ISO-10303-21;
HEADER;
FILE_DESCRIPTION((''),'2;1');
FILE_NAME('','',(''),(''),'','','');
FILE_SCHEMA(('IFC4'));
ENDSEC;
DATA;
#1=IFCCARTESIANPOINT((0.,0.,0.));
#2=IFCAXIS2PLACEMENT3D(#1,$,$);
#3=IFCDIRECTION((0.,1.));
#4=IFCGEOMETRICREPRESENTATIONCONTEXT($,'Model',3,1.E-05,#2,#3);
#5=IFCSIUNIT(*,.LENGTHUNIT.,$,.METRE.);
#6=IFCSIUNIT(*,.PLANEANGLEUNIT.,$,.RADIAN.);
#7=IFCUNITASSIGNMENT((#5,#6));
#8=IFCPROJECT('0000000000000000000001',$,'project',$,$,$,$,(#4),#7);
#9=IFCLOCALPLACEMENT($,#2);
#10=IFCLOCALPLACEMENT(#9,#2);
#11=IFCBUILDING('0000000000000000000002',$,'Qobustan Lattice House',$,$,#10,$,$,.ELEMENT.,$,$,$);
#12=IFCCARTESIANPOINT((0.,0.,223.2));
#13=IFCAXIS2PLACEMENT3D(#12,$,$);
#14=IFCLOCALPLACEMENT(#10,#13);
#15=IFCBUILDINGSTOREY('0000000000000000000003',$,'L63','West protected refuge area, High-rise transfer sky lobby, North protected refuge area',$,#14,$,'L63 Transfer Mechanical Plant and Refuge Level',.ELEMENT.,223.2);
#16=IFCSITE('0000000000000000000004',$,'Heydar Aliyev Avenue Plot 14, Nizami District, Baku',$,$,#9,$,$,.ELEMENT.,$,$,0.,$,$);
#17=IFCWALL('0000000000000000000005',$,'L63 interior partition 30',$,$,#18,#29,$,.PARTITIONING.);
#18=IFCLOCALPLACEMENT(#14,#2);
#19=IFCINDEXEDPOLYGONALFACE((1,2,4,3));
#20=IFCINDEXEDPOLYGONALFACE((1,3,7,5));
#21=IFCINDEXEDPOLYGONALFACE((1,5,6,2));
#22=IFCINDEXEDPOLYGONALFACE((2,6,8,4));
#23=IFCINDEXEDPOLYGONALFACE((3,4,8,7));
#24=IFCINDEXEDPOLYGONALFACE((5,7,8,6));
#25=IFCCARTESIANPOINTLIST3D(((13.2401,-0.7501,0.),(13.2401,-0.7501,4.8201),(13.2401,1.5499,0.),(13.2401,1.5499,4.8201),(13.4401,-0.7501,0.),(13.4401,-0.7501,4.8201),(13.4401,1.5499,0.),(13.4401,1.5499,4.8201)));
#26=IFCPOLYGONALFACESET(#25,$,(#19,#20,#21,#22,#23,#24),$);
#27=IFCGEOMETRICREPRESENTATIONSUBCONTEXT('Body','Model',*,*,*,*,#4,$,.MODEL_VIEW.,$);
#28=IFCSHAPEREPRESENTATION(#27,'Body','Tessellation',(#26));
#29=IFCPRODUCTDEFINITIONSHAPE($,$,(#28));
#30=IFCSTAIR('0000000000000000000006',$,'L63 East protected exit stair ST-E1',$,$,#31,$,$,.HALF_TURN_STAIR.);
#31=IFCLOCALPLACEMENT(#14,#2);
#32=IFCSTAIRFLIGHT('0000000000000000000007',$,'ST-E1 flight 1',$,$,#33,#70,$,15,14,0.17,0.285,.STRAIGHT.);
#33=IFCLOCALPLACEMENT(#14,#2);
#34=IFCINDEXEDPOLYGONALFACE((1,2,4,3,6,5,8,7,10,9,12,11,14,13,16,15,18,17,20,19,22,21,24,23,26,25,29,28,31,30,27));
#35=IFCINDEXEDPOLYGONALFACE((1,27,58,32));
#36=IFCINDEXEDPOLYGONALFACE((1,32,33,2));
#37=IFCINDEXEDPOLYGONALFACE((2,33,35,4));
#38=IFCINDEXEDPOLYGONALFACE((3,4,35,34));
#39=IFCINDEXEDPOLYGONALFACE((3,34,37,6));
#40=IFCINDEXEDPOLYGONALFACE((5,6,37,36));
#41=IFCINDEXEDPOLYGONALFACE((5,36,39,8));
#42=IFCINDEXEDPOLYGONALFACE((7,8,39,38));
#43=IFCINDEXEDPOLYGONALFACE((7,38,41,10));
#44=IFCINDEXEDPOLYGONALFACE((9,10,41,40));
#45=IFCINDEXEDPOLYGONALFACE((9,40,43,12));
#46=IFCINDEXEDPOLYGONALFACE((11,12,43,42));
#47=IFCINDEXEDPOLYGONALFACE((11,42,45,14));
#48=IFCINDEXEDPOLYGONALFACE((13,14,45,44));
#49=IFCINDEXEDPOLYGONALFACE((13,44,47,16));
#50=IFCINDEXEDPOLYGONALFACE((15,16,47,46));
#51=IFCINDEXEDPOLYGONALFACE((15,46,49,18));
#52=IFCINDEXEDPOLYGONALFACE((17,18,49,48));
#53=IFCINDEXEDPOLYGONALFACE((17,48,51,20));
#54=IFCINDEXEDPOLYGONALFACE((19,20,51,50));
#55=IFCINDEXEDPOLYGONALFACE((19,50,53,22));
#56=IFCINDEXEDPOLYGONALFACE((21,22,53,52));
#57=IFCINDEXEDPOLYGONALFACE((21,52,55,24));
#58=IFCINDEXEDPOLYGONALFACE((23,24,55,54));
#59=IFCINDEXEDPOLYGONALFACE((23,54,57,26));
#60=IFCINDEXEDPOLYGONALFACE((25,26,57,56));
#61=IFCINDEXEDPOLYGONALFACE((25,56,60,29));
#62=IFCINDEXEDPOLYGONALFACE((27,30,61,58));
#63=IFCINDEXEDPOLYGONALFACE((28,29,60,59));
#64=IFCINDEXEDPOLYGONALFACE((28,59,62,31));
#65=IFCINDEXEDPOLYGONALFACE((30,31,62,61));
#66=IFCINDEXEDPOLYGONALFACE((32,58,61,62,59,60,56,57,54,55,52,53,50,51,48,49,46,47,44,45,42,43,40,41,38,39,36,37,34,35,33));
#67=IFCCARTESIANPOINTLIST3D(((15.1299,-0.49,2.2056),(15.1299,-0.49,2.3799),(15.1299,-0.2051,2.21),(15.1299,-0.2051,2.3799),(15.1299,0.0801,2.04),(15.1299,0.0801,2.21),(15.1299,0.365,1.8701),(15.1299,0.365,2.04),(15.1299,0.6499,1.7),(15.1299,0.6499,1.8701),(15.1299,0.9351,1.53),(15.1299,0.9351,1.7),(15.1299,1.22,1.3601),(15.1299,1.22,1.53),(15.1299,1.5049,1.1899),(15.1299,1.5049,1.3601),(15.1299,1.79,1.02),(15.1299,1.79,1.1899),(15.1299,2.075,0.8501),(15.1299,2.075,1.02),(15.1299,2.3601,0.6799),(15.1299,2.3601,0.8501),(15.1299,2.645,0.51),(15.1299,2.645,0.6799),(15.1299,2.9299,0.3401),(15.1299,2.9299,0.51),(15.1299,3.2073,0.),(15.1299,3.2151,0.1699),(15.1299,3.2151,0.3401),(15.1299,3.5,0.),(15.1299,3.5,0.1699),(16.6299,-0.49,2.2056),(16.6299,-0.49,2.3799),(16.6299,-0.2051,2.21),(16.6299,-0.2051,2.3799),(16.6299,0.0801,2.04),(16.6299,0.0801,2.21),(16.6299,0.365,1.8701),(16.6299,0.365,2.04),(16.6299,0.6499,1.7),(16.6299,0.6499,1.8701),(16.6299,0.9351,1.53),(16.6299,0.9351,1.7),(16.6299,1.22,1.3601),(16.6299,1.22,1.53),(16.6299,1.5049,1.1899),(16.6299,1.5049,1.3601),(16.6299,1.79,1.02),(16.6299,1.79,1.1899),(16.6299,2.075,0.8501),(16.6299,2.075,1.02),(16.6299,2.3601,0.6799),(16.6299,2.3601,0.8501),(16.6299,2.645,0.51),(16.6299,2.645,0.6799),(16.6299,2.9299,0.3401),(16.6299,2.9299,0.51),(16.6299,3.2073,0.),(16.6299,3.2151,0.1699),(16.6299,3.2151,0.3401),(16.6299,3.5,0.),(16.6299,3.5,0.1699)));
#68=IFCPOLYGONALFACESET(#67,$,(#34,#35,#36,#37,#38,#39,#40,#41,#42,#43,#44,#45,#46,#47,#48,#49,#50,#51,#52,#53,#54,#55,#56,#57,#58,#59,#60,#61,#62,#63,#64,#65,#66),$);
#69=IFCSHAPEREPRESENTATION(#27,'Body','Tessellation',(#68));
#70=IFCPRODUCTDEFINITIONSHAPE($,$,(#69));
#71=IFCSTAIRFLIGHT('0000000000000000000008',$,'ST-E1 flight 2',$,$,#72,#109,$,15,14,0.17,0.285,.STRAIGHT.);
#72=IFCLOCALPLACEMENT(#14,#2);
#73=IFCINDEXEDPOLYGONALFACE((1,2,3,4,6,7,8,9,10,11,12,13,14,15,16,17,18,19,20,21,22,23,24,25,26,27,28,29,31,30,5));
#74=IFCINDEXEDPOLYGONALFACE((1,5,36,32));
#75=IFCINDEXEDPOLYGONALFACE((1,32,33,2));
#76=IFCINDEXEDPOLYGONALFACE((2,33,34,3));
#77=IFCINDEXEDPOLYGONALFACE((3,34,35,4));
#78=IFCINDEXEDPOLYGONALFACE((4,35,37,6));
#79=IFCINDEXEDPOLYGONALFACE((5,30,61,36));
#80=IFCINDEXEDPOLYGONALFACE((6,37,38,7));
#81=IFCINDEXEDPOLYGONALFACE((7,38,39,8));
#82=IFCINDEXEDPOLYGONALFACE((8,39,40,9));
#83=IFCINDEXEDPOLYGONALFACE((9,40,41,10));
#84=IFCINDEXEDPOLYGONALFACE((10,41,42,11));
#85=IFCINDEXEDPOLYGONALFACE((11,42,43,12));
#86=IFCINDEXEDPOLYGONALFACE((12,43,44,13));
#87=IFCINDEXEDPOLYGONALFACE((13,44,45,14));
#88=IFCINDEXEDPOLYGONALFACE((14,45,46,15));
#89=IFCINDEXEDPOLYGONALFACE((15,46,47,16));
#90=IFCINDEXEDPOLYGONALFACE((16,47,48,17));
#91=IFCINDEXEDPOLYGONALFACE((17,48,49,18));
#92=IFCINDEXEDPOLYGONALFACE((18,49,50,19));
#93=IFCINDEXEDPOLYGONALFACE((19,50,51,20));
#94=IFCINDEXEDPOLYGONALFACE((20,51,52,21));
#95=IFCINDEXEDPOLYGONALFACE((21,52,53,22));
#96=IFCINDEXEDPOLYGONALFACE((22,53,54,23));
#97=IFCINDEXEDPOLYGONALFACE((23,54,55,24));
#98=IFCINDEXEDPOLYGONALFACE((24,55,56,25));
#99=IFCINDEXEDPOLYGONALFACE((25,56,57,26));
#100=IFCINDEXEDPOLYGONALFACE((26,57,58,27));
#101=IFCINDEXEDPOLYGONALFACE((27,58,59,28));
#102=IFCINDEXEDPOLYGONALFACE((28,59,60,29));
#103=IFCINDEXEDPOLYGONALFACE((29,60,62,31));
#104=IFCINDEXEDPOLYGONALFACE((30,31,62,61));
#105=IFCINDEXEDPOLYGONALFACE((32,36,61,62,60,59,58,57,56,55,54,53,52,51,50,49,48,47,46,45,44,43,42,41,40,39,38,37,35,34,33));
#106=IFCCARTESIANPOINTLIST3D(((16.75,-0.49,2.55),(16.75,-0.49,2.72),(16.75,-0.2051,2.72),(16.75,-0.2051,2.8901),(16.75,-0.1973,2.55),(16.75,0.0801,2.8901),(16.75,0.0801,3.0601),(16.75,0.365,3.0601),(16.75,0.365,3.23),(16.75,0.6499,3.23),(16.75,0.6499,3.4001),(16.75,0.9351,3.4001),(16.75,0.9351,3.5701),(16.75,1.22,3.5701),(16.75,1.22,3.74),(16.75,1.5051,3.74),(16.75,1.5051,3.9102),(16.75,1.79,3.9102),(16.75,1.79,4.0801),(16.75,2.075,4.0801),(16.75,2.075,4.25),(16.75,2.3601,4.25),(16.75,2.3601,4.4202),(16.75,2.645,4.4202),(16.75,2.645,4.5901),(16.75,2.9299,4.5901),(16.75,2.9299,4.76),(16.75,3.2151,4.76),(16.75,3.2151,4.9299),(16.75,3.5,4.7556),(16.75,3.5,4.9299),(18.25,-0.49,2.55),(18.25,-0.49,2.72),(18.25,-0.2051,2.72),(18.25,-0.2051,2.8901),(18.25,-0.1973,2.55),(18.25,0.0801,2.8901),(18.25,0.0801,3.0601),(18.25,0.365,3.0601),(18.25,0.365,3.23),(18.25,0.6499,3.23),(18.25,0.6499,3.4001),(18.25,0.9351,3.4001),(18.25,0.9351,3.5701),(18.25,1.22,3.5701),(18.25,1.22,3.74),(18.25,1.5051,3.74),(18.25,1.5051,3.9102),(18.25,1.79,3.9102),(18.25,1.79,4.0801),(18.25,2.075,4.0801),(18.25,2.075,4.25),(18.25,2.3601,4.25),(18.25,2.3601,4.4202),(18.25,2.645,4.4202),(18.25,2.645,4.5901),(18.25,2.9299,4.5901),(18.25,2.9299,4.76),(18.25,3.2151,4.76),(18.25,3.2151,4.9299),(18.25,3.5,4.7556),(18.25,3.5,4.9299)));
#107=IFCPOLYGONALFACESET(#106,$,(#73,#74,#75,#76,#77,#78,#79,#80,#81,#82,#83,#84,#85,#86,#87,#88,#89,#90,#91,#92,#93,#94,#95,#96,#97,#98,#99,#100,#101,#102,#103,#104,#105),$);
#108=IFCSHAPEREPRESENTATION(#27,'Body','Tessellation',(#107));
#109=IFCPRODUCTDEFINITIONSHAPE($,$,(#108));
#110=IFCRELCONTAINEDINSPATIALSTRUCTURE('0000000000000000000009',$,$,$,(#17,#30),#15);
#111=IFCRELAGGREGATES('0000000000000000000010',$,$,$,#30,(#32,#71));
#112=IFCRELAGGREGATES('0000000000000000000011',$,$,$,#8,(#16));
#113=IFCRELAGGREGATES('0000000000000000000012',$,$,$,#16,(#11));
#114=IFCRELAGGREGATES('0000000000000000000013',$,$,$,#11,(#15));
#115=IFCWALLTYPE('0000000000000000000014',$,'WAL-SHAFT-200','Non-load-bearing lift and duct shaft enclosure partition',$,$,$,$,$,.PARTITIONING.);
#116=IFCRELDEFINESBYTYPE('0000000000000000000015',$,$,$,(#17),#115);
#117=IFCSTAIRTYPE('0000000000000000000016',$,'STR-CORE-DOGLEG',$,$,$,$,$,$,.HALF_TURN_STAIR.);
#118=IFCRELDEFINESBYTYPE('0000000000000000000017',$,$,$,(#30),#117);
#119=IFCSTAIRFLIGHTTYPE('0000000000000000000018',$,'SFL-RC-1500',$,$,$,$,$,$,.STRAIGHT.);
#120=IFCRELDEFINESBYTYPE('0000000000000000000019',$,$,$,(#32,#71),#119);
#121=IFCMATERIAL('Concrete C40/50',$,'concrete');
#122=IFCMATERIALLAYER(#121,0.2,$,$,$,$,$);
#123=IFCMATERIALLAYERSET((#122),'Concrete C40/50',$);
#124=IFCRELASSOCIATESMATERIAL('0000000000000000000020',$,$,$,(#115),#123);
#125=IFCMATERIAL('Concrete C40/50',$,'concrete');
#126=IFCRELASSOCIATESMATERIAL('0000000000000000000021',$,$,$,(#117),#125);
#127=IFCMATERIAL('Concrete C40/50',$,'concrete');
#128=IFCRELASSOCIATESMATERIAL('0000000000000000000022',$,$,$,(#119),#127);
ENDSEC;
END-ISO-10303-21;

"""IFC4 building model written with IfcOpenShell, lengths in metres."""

from ifc_helpers import new_model, si_unit, direction, frame, frame_2d, origin, place, context, subcontext, project, spatial, polyline, rectangle, outline, extrude, material, layer, layer_set, type_object, element, aggregate, save


model = new_model("IFC4")

# Units and contexts
model_context = context("Model", 3, precision=1e-05, world=origin(), true_north=direction((0.0, 1.0)))
body_context = subcontext(model_context, "Body", "Model", "MODEL_VIEW")
ifc_project = project(units=[si_unit("LENGTHUNIT", "METRE"), si_unit("PLANEANGLEUNIT", "RADIAN")], contexts=[model_context])

# Site, building, storey
site_placement = place(None, origin())
site = spatial("IfcSite", under=ifc_project, at=site_placement, Name="Heydar Aliyev Avenue Plot 14, Nizami District, Baku", CompositionType="ELEMENT", RefElevation=0.0)
building_placement = place(site_placement, origin())
building = spatial("IfcBuilding", under=site, at=building_placement, Name="Qobustan Lattice House", CompositionType="ELEMENT")
storey_placement = place(building_placement, frame((0.0, 0.0, 223.2)))
storey = spatial("IfcBuildingStorey", under=building, at=storey_placement, Name="L63", Description="West protected refuge area, High-rise transfer sky lobby, North protected refuge area", LongName="L63 Transfer Mechanical Plant and Refuge Level", CompositionType="ELEMENT", Elevation=223.2)

# Shared definitions
ifc_material_1 = material(Name="Concrete C40/50", Category="concrete")
ifc_layer_1 = layer(ifc_material_1, 0.2)
ifc_layer_set_1 = layer_set([ifc_layer_1], Name="Concrete C40/50")
wall_type_1 = type_object("IfcWallType", Name="WAL-SHAFT-200", Description="Non-load-bearing lift and duct shaft enclosure partition", PredefinedType="PARTITIONING", material=ifc_layer_set_1)

# Wall
wall_1_placement = place(storey_placement, frame((13.3401, -0.75, 0.0), z_axis=(0.0, 0.0, 1.0), x_axis=(0.0, 1.0, 0.0)))
element("IfcWall", 1, at=wall_1_placement, inside=storey, type_object=wall_type_1, Name="L63 interior partition 30", PredefinedType="PARTITIONING", context=body_context, shape_type="SweptSolid", body=[
    extrude(rectangle(XDim=2.3, YDim=0.2, at=frame_2d((1.1499, 0.0))), origin(), (0.0, 0.0, 1.0), 4.8201),
])

# Stair, stair flights
ifc_material_2 = material(Name="Concrete C40/50", Category="concrete")
stair_type = type_object("IfcStairType", Name="STR-CORE-DOGLEG", PredefinedType="HALF_TURN_STAIR", material=ifc_material_2)
stair_placement = place(storey_placement, origin())
stair = element("IfcStair", 2, at=stair_placement, inside=storey, type_object=stair_type, Name="L63 East protected exit stair ST-E1", PredefinedType="HALF_TURN_STAIR")
ifc_material_3 = material(Name="Concrete C40/50", Category="concrete")
stair_flight_type = type_object("IfcStairFlightType", Name="SFL-RC-1500", PredefinedType="STRAIGHT", material=ifc_material_3)
stair_flight_1_placement = place(storey_placement, frame((15.8799, 3.5, 0.0), z_axis=(0.0, 0.0, 1.0), x_axis=(0.0, -1.0, 0.0)))
stair_flight_1 = element("IfcStairFlight", 3, at=stair_flight_1_placement, type_object=stair_flight_type, Name="ST-E1 flight 1", NumberOfRisers=15, NumberOfTreads=14, PredefinedType="STRAIGHT", RiserHeight=0.17, TreadLength=0.285, context=body_context, shape_type="SweptSolid", body=[
    extrude(outline(polyline([(0.0, 0.0), (0.0, 0.1699), (0.2849, 0.1699), (0.2849, 0.3401), (0.5701, 0.3401), (0.5701, 0.51), (0.855, 0.51), (0.855, 0.6799), (1.1399, 0.6799), (1.1399, 0.8501), (1.425, 0.8501), (1.425, 1.02), (1.71, 1.02), (1.71, 1.1899), (1.9951, 1.1899), (1.9951, 1.3601), (2.28, 1.3601), (2.28, 1.53), (2.5649, 1.53), (2.5649, 1.7), (2.8501, 1.7), (2.8501, 1.8701), (3.135, 1.8701), (3.135, 2.04), (3.4199, 2.04), (3.4199, 2.21), (3.7051, 2.21), (3.7051, 2.3799), (3.99, 2.3799), (3.99, 2.55), (3.99, 2.2056), (0.2927, 0.0), (0.0, 0.0)])), frame((0.0, 0.75, 0.0), z_axis=(0.0, -1.0, 0.0), x_axis=(1.0, 0.0, 0.0)), (0.0, 0.0, 1.0), 1.5),
])
stair_flight_2_placement = place(storey_placement, frame((17.5, -0.49, 2.55), z_axis=(0.0, 0.0, 1.0), x_axis=(0.0, 1.0, 0.0)))
stair_flight_2 = element("IfcStairFlight", 4, at=stair_flight_2_placement, type_object=stair_flight_type, Name="ST-E1 flight 2", NumberOfRisers=15, NumberOfTreads=14, PredefinedType="STRAIGHT", RiserHeight=0.17, TreadLength=0.285, context=body_context, shape_type="SweptSolid", body=[
    extrude(outline(polyline([(0.0, 0.0), (0.0, 0.1699), (0.2849, 0.1699), (0.2849, 0.3401), (0.5701, 0.3401), (0.5701, 0.51), (0.855, 0.51), (0.855, 0.6799), (1.1399, 0.6799), (1.1399, 0.8501), (1.425, 0.8501), (1.425, 1.02), (1.71, 1.02), (1.71, 1.1899), (1.9951, 1.1899), (1.9951, 1.3601), (2.28, 1.3601), (2.28, 1.53), (2.5649, 1.53), (2.5649, 1.7), (2.8501, 1.7), (2.8501, 1.8701), (3.135, 1.8701), (3.135, 2.04), (3.4199, 2.04), (3.4199, 2.21), (3.7051, 2.21), (3.7051, 2.3799), (3.99, 2.3799), (3.99, 2.55), (3.99, 2.2056), (0.2927, 0.0), (0.0, 0.0)])), frame((0.0, 0.75, 0.0), z_axis=(0.0, -1.0, 0.0), x_axis=(1.0, 0.0, 0.0)), (0.0, 0.0, 1.0), 1.5),
])
aggregate(stair, [stair_flight_1, stair_flight_2])

save(model, "model.ifc")
